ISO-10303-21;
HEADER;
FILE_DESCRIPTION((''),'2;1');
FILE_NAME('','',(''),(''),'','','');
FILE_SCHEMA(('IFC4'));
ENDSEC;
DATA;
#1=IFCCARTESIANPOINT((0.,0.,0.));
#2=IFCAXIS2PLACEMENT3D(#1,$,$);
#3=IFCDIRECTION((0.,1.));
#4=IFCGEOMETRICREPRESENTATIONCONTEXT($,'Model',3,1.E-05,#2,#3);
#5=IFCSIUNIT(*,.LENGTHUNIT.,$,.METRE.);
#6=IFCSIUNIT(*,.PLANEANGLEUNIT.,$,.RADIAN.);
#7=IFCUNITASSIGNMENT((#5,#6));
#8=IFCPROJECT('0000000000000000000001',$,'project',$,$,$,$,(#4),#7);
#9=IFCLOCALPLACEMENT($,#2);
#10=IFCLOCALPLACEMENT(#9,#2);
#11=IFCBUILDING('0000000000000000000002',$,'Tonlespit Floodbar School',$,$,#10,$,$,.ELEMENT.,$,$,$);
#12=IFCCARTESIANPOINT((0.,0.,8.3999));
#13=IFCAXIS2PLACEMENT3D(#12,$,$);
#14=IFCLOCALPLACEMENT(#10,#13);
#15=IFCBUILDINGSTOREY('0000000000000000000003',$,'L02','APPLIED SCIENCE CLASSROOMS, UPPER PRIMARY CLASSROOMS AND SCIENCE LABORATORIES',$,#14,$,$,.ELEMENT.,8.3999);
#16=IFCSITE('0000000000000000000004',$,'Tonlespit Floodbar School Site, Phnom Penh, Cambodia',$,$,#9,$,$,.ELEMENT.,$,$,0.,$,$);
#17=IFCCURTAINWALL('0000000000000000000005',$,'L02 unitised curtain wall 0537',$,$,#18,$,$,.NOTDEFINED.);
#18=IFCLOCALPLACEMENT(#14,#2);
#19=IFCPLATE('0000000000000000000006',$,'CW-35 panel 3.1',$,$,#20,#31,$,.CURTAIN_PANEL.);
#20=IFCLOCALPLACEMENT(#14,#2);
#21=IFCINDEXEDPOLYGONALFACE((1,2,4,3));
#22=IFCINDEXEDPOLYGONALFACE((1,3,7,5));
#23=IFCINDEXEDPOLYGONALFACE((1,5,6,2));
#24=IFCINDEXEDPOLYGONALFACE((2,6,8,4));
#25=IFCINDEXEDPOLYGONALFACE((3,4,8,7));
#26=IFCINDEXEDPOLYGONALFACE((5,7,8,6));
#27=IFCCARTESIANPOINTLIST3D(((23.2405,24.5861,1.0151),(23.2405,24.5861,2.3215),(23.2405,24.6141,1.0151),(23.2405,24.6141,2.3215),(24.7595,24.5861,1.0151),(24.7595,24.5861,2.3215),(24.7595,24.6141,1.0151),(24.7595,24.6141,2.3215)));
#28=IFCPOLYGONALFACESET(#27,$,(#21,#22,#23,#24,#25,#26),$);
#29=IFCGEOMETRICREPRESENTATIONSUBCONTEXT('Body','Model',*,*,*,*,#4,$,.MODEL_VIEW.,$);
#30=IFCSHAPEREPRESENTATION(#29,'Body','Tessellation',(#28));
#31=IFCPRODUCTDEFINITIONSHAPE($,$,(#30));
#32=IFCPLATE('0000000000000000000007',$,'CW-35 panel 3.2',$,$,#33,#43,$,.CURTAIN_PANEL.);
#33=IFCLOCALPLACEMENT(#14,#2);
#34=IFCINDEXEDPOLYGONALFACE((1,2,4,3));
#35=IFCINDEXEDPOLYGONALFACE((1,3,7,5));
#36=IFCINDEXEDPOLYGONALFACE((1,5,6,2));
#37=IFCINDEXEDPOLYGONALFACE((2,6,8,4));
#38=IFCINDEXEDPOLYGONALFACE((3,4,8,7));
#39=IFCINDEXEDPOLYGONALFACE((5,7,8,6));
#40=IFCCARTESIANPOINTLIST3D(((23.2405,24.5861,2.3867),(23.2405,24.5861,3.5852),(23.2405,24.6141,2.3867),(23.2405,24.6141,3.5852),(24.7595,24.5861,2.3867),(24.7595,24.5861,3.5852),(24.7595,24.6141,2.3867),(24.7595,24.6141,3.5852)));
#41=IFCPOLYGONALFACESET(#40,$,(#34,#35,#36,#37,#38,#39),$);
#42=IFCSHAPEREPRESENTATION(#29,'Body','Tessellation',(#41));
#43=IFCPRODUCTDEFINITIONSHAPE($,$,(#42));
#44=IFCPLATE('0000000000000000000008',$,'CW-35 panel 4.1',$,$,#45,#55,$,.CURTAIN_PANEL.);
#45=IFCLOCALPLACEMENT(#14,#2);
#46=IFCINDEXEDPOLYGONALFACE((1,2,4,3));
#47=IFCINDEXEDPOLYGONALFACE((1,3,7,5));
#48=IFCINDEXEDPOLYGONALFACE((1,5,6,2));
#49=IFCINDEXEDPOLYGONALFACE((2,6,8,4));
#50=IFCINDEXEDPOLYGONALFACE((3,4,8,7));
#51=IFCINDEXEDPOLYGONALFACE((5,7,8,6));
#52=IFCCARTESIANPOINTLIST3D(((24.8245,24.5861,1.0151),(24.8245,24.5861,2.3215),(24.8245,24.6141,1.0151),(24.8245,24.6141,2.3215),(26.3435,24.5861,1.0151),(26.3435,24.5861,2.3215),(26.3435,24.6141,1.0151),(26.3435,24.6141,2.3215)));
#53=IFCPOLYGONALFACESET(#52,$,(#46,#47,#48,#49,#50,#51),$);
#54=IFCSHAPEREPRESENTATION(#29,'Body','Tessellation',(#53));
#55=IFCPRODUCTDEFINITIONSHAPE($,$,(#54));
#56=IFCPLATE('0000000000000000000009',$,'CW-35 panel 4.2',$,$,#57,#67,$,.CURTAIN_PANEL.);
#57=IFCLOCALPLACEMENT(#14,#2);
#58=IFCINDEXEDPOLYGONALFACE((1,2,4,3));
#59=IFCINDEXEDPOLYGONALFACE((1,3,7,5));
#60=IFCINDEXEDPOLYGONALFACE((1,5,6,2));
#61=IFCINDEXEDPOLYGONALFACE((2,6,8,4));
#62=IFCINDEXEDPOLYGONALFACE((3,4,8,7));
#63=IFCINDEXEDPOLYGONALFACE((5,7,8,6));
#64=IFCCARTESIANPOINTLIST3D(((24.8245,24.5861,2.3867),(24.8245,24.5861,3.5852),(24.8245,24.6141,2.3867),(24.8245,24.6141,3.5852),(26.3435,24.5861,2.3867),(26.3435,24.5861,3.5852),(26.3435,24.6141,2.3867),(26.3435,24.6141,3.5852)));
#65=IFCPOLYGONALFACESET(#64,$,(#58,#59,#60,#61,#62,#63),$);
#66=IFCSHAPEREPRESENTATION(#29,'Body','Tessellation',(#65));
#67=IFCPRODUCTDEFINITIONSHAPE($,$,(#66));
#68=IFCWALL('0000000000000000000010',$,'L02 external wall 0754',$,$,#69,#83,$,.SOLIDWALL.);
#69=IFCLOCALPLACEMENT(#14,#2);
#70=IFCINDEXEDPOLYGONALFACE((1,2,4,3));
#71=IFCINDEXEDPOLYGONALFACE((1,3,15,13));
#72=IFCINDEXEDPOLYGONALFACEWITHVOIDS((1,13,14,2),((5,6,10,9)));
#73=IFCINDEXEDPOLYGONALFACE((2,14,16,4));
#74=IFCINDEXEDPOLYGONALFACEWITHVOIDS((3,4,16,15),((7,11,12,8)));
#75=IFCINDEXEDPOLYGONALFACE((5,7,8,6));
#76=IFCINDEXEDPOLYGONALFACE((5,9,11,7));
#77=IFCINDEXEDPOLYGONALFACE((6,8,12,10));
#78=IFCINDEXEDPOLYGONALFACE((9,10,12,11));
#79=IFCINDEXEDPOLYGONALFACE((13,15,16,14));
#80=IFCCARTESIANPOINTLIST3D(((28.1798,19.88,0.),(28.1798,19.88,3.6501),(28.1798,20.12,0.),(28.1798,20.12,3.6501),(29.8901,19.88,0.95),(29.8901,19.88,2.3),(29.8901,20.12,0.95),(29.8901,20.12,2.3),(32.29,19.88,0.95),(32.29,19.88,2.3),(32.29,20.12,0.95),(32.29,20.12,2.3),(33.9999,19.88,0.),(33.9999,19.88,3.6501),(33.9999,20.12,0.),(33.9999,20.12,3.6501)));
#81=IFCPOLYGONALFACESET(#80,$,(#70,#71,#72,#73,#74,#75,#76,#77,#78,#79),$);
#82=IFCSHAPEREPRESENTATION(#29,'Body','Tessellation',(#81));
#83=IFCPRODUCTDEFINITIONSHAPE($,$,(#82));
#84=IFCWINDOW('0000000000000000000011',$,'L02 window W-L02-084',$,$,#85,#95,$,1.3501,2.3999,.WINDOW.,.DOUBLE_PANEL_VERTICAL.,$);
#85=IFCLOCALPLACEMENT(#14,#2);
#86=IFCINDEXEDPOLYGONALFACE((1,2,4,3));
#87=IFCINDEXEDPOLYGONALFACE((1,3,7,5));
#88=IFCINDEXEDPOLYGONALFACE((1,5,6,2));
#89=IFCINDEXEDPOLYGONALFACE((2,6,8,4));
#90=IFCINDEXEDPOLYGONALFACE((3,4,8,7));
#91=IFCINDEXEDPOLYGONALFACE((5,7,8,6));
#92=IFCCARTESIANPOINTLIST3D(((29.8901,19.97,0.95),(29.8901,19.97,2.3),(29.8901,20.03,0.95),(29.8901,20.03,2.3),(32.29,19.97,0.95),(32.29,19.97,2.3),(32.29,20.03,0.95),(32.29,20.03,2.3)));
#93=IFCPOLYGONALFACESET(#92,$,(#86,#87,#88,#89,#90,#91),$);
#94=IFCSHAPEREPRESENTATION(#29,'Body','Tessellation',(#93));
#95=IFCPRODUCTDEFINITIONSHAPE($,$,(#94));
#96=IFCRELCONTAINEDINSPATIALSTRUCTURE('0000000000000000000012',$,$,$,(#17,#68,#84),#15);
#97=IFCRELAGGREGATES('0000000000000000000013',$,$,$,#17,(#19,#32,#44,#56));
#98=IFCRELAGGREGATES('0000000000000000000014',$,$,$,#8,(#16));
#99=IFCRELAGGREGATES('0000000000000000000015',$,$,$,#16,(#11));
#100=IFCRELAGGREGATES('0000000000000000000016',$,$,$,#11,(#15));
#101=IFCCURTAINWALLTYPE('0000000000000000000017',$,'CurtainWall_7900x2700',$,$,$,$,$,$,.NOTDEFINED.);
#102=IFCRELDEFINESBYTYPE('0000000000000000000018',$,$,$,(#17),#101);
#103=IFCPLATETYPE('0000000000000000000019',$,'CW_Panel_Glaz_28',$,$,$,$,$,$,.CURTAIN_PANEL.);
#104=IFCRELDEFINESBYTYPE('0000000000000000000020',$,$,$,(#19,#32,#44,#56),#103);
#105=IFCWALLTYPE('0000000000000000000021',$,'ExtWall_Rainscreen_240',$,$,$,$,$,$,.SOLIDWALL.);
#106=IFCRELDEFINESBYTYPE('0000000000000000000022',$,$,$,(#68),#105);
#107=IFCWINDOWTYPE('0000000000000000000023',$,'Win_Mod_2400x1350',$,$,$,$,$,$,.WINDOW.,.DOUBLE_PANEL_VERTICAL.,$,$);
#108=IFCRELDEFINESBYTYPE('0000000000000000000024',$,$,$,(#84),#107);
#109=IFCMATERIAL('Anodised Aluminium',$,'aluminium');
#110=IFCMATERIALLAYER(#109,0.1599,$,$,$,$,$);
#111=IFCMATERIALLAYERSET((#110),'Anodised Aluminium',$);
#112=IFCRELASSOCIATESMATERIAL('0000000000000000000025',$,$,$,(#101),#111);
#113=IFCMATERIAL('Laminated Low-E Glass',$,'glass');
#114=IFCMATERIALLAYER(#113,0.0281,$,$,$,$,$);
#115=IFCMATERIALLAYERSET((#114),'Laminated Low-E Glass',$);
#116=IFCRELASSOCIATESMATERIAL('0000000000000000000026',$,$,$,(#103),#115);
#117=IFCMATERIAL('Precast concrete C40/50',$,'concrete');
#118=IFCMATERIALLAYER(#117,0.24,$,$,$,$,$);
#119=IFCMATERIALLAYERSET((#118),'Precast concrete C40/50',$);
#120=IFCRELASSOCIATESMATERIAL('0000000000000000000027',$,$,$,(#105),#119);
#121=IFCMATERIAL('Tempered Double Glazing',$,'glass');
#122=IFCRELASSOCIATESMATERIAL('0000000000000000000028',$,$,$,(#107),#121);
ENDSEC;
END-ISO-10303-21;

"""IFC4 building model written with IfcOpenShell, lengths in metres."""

from ifc_helpers import new_model, si_unit, direction, frame, frame_2d, origin, origin_2d, place, context, subcontext, project, spatial, rectangle, extrude, material, layer, layer_set, type_object, element, fill, aggregate, save


model = new_model("IFC4")

# Units and contexts
model_context = context("Model", 3, precision=1e-05, world=origin(), true_north=direction((0.0, 1.0)))
body_context = subcontext(model_context, "Body", "Model", "MODEL_VIEW")
ifc_project = project(units=[si_unit("LENGTHUNIT", "METRE"), si_unit("PLANEANGLEUNIT", "RADIAN")], contexts=[model_context])

# Site, building, storey
site_placement = place(None, origin())
site = spatial("IfcSite", under=ifc_project, at=site_placement, Name="Tonlespit Floodbar School Site, Phnom Penh, Cambodia", CompositionType="ELEMENT", RefElevation=0.0)
building_placement = place(site_placement, origin())
building = spatial("IfcBuilding", under=site, at=building_placement, Name="Tonlespit Floodbar School", CompositionType="ELEMENT")
storey_placement = place(building_placement, frame((0.0, 0.0, 8.3999)))
storey = spatial("IfcBuildingStorey", under=building, at=storey_placement, Name="L02", Description="APPLIED SCIENCE CLASSROOMS, UPPER PRIMARY CLASSROOMS AND SCIENCE LABORATORIES", CompositionType="ELEMENT", Elevation=8.3999)

# Curtain wall, plates
ifc_material_1 = material(Name="Anodised Aluminium", Category="aluminium")
ifc_layer_1 = layer(ifc_material_1, 0.1599)
ifc_layer_set_1 = layer_set([ifc_layer_1], Name="Anodised Aluminium")
curtain_wall_type = type_object("IfcCurtainWallType", Name="CurtainWall_7900x2700", PredefinedType="NOTDEFINED", material=ifc_layer_set_1)
curtain_wall_placement = place(storey_placement, origin())
curtain_wall = element("IfcCurtainWall", 1, at=curtain_wall_placement, inside=storey, type_object=curtain_wall_type, Name="L02 unitised curtain wall 0537", PredefinedType="NOTDEFINED")
ifc_material_2 = material(Name="Laminated Low-E Glass", Category="glass")
ifc_layer_2 = layer(ifc_material_2, 0.0281)
ifc_layer_set_2 = layer_set([ifc_layer_2], Name="Laminated Low-E Glass")
plate_type = type_object("IfcPlateType", Name="CW_Panel_Glaz_28", PredefinedType="CURTAIN_PANEL", material=ifc_layer_set_2)
plate_1_placement = place(storey_placement, frame((24.0, 24.6001, 1.0151), z_axis=(0.0, 0.0, 1.0), x_axis=(1.0, 0.0, 0.0)))
plate_1 = element("IfcPlate", 2, at=plate_1_placement, type_object=plate_type, Name="CW-35 panel 3.1", PredefinedType="CURTAIN_PANEL", context=body_context, shape_type="SweptSolid", body=[
    extrude(rectangle(XDim=1.519, YDim=0.0281, at=origin_2d()), origin(), (0.0, 0.0, 1.0), 1.3064),
])
plate_2_placement = place(storey_placement, frame((24.0, 24.6001, 2.3867), z_axis=(0.0, 0.0, 1.0), x_axis=(1.0, 0.0, 0.0)))
plate_2 = element("IfcPlate", 3, at=plate_2_placement, type_object=plate_type, Name="CW-35 panel 3.2", PredefinedType="CURTAIN_PANEL", context=body_context, shape_type="SweptSolid", body=[
    extrude(rectangle(XDim=1.519, YDim=0.0281, at=origin_2d()), origin(), (0.0, 0.0, 1.0), 1.1985),
])
plate_3_placement = place(storey_placement, frame((25.584, 24.6001, 1.0151), z_axis=(0.0, 0.0, 1.0), x_axis=(1.0, 0.0, 0.0)))
plate_3 = element("IfcPlate", 4, at=plate_3_placement, type_object=plate_type, Name="CW-35 panel 4.1", PredefinedType="CURTAIN_PANEL", context=body_context, shape_type="SweptSolid", body=[
    extrude(rectangle(XDim=1.519, YDim=0.0281, at=origin_2d()), origin(), (0.0, 0.0, 1.0), 1.3064),
])
plate_4_placement = place(storey_placement, frame((25.584, 24.6001, 2.3867), z_axis=(0.0, 0.0, 1.0), x_axis=(1.0, 0.0, 0.0)))
plate_4 = element("IfcPlate", 5, at=plate_4_placement, type_object=plate_type, Name="CW-35 panel 4.2", PredefinedType="CURTAIN_PANEL", context=body_context, shape_type="SweptSolid", body=[
    extrude(rectangle(XDim=1.519, YDim=0.0281, at=origin_2d()), origin(), (0.0, 0.0, 1.0), 1.1985),
])
aggregate(curtain_wall, [plate_1, plate_2, plate_3, plate_4])

# Wall, opening, window
ifc_material_3 = material(Name="Precast concrete C40/50", Category="concrete")
ifc_layer_3 = layer(ifc_material_3, 0.24)
ifc_layer_set_3 = layer_set([ifc_layer_3], Name="Precast concrete C40/50")
wall_type = type_object("IfcWallType", Name="ExtWall_Rainscreen_240", PredefinedType="SOLIDWALL", material=ifc_layer_set_3)
wall_placement = place(storey_placement, frame((34.0, 20.0, 0.0), z_axis=(0.0, 0.0, 1.0), x_axis=(-1.0, 0.0, 0.0)))
wall = element("IfcWall", 6, at=wall_placement, inside=storey, type_object=wall_type, Name="L02 external wall 0754", PredefinedType="SOLIDWALL", context=body_context, shape_type="SweptSolid", body=[
    extrude(rectangle(XDim=5.8201, YDim=0.24, at=frame_2d((2.9102, 0.0))), origin(), (0.0, 0.0, 1.0), 3.6501),
])
opening_placement = place(wall_placement, frame((1.71, 0.0, 0.95)))
opening = element("IfcOpeningElement", 7, at=opening_placement, cuts=wall, PredefinedType="OPENING", context=body_context, shape_type="SweptSolid", body=[
    extrude(rectangle(XDim=2.3999, YDim=1.3501, at=frame_2d((1.2, 0.675))), frame((0.0, 0.1299, 0.0), z_axis=(0.0, -1.0, 0.0), x_axis=(1.0, 0.0, 0.0)), (0.0, 0.0, 1.0), 0.26),
])
ifc_material_4 = material(Name="Tempered Double Glazing", Category="glass")
window_type = type_object("IfcWindowType", Name="Win_Mod_2400x1350", PartitioningType="DOUBLE_PANEL_VERTICAL", PredefinedType="WINDOW", material=ifc_material_4)
window_placement = place(opening_placement, origin())
window = element("IfcWindow", 8, at=window_placement, inside=storey, type_object=window_type, Name="L02 window W-L02-084", OverallHeight=1.3501, OverallWidth=2.3999, PartitioningType="DOUBLE_PANEL_VERTICAL", PredefinedType="WINDOW", context=body_context, shape_type="SweptSolid", body=[
    extrude(rectangle(XDim=2.3999, YDim=1.3501, at=frame_2d((1.2, 0.675))), frame((0.0, 0.03, 0.0), z_axis=(0.0, -1.0, 0.0), x_axis=(1.0, 0.0, 0.0)), (0.0, 0.0, 1.0), 0.0601),
])
fill(opening, window)

save(model, "model.ifc")
